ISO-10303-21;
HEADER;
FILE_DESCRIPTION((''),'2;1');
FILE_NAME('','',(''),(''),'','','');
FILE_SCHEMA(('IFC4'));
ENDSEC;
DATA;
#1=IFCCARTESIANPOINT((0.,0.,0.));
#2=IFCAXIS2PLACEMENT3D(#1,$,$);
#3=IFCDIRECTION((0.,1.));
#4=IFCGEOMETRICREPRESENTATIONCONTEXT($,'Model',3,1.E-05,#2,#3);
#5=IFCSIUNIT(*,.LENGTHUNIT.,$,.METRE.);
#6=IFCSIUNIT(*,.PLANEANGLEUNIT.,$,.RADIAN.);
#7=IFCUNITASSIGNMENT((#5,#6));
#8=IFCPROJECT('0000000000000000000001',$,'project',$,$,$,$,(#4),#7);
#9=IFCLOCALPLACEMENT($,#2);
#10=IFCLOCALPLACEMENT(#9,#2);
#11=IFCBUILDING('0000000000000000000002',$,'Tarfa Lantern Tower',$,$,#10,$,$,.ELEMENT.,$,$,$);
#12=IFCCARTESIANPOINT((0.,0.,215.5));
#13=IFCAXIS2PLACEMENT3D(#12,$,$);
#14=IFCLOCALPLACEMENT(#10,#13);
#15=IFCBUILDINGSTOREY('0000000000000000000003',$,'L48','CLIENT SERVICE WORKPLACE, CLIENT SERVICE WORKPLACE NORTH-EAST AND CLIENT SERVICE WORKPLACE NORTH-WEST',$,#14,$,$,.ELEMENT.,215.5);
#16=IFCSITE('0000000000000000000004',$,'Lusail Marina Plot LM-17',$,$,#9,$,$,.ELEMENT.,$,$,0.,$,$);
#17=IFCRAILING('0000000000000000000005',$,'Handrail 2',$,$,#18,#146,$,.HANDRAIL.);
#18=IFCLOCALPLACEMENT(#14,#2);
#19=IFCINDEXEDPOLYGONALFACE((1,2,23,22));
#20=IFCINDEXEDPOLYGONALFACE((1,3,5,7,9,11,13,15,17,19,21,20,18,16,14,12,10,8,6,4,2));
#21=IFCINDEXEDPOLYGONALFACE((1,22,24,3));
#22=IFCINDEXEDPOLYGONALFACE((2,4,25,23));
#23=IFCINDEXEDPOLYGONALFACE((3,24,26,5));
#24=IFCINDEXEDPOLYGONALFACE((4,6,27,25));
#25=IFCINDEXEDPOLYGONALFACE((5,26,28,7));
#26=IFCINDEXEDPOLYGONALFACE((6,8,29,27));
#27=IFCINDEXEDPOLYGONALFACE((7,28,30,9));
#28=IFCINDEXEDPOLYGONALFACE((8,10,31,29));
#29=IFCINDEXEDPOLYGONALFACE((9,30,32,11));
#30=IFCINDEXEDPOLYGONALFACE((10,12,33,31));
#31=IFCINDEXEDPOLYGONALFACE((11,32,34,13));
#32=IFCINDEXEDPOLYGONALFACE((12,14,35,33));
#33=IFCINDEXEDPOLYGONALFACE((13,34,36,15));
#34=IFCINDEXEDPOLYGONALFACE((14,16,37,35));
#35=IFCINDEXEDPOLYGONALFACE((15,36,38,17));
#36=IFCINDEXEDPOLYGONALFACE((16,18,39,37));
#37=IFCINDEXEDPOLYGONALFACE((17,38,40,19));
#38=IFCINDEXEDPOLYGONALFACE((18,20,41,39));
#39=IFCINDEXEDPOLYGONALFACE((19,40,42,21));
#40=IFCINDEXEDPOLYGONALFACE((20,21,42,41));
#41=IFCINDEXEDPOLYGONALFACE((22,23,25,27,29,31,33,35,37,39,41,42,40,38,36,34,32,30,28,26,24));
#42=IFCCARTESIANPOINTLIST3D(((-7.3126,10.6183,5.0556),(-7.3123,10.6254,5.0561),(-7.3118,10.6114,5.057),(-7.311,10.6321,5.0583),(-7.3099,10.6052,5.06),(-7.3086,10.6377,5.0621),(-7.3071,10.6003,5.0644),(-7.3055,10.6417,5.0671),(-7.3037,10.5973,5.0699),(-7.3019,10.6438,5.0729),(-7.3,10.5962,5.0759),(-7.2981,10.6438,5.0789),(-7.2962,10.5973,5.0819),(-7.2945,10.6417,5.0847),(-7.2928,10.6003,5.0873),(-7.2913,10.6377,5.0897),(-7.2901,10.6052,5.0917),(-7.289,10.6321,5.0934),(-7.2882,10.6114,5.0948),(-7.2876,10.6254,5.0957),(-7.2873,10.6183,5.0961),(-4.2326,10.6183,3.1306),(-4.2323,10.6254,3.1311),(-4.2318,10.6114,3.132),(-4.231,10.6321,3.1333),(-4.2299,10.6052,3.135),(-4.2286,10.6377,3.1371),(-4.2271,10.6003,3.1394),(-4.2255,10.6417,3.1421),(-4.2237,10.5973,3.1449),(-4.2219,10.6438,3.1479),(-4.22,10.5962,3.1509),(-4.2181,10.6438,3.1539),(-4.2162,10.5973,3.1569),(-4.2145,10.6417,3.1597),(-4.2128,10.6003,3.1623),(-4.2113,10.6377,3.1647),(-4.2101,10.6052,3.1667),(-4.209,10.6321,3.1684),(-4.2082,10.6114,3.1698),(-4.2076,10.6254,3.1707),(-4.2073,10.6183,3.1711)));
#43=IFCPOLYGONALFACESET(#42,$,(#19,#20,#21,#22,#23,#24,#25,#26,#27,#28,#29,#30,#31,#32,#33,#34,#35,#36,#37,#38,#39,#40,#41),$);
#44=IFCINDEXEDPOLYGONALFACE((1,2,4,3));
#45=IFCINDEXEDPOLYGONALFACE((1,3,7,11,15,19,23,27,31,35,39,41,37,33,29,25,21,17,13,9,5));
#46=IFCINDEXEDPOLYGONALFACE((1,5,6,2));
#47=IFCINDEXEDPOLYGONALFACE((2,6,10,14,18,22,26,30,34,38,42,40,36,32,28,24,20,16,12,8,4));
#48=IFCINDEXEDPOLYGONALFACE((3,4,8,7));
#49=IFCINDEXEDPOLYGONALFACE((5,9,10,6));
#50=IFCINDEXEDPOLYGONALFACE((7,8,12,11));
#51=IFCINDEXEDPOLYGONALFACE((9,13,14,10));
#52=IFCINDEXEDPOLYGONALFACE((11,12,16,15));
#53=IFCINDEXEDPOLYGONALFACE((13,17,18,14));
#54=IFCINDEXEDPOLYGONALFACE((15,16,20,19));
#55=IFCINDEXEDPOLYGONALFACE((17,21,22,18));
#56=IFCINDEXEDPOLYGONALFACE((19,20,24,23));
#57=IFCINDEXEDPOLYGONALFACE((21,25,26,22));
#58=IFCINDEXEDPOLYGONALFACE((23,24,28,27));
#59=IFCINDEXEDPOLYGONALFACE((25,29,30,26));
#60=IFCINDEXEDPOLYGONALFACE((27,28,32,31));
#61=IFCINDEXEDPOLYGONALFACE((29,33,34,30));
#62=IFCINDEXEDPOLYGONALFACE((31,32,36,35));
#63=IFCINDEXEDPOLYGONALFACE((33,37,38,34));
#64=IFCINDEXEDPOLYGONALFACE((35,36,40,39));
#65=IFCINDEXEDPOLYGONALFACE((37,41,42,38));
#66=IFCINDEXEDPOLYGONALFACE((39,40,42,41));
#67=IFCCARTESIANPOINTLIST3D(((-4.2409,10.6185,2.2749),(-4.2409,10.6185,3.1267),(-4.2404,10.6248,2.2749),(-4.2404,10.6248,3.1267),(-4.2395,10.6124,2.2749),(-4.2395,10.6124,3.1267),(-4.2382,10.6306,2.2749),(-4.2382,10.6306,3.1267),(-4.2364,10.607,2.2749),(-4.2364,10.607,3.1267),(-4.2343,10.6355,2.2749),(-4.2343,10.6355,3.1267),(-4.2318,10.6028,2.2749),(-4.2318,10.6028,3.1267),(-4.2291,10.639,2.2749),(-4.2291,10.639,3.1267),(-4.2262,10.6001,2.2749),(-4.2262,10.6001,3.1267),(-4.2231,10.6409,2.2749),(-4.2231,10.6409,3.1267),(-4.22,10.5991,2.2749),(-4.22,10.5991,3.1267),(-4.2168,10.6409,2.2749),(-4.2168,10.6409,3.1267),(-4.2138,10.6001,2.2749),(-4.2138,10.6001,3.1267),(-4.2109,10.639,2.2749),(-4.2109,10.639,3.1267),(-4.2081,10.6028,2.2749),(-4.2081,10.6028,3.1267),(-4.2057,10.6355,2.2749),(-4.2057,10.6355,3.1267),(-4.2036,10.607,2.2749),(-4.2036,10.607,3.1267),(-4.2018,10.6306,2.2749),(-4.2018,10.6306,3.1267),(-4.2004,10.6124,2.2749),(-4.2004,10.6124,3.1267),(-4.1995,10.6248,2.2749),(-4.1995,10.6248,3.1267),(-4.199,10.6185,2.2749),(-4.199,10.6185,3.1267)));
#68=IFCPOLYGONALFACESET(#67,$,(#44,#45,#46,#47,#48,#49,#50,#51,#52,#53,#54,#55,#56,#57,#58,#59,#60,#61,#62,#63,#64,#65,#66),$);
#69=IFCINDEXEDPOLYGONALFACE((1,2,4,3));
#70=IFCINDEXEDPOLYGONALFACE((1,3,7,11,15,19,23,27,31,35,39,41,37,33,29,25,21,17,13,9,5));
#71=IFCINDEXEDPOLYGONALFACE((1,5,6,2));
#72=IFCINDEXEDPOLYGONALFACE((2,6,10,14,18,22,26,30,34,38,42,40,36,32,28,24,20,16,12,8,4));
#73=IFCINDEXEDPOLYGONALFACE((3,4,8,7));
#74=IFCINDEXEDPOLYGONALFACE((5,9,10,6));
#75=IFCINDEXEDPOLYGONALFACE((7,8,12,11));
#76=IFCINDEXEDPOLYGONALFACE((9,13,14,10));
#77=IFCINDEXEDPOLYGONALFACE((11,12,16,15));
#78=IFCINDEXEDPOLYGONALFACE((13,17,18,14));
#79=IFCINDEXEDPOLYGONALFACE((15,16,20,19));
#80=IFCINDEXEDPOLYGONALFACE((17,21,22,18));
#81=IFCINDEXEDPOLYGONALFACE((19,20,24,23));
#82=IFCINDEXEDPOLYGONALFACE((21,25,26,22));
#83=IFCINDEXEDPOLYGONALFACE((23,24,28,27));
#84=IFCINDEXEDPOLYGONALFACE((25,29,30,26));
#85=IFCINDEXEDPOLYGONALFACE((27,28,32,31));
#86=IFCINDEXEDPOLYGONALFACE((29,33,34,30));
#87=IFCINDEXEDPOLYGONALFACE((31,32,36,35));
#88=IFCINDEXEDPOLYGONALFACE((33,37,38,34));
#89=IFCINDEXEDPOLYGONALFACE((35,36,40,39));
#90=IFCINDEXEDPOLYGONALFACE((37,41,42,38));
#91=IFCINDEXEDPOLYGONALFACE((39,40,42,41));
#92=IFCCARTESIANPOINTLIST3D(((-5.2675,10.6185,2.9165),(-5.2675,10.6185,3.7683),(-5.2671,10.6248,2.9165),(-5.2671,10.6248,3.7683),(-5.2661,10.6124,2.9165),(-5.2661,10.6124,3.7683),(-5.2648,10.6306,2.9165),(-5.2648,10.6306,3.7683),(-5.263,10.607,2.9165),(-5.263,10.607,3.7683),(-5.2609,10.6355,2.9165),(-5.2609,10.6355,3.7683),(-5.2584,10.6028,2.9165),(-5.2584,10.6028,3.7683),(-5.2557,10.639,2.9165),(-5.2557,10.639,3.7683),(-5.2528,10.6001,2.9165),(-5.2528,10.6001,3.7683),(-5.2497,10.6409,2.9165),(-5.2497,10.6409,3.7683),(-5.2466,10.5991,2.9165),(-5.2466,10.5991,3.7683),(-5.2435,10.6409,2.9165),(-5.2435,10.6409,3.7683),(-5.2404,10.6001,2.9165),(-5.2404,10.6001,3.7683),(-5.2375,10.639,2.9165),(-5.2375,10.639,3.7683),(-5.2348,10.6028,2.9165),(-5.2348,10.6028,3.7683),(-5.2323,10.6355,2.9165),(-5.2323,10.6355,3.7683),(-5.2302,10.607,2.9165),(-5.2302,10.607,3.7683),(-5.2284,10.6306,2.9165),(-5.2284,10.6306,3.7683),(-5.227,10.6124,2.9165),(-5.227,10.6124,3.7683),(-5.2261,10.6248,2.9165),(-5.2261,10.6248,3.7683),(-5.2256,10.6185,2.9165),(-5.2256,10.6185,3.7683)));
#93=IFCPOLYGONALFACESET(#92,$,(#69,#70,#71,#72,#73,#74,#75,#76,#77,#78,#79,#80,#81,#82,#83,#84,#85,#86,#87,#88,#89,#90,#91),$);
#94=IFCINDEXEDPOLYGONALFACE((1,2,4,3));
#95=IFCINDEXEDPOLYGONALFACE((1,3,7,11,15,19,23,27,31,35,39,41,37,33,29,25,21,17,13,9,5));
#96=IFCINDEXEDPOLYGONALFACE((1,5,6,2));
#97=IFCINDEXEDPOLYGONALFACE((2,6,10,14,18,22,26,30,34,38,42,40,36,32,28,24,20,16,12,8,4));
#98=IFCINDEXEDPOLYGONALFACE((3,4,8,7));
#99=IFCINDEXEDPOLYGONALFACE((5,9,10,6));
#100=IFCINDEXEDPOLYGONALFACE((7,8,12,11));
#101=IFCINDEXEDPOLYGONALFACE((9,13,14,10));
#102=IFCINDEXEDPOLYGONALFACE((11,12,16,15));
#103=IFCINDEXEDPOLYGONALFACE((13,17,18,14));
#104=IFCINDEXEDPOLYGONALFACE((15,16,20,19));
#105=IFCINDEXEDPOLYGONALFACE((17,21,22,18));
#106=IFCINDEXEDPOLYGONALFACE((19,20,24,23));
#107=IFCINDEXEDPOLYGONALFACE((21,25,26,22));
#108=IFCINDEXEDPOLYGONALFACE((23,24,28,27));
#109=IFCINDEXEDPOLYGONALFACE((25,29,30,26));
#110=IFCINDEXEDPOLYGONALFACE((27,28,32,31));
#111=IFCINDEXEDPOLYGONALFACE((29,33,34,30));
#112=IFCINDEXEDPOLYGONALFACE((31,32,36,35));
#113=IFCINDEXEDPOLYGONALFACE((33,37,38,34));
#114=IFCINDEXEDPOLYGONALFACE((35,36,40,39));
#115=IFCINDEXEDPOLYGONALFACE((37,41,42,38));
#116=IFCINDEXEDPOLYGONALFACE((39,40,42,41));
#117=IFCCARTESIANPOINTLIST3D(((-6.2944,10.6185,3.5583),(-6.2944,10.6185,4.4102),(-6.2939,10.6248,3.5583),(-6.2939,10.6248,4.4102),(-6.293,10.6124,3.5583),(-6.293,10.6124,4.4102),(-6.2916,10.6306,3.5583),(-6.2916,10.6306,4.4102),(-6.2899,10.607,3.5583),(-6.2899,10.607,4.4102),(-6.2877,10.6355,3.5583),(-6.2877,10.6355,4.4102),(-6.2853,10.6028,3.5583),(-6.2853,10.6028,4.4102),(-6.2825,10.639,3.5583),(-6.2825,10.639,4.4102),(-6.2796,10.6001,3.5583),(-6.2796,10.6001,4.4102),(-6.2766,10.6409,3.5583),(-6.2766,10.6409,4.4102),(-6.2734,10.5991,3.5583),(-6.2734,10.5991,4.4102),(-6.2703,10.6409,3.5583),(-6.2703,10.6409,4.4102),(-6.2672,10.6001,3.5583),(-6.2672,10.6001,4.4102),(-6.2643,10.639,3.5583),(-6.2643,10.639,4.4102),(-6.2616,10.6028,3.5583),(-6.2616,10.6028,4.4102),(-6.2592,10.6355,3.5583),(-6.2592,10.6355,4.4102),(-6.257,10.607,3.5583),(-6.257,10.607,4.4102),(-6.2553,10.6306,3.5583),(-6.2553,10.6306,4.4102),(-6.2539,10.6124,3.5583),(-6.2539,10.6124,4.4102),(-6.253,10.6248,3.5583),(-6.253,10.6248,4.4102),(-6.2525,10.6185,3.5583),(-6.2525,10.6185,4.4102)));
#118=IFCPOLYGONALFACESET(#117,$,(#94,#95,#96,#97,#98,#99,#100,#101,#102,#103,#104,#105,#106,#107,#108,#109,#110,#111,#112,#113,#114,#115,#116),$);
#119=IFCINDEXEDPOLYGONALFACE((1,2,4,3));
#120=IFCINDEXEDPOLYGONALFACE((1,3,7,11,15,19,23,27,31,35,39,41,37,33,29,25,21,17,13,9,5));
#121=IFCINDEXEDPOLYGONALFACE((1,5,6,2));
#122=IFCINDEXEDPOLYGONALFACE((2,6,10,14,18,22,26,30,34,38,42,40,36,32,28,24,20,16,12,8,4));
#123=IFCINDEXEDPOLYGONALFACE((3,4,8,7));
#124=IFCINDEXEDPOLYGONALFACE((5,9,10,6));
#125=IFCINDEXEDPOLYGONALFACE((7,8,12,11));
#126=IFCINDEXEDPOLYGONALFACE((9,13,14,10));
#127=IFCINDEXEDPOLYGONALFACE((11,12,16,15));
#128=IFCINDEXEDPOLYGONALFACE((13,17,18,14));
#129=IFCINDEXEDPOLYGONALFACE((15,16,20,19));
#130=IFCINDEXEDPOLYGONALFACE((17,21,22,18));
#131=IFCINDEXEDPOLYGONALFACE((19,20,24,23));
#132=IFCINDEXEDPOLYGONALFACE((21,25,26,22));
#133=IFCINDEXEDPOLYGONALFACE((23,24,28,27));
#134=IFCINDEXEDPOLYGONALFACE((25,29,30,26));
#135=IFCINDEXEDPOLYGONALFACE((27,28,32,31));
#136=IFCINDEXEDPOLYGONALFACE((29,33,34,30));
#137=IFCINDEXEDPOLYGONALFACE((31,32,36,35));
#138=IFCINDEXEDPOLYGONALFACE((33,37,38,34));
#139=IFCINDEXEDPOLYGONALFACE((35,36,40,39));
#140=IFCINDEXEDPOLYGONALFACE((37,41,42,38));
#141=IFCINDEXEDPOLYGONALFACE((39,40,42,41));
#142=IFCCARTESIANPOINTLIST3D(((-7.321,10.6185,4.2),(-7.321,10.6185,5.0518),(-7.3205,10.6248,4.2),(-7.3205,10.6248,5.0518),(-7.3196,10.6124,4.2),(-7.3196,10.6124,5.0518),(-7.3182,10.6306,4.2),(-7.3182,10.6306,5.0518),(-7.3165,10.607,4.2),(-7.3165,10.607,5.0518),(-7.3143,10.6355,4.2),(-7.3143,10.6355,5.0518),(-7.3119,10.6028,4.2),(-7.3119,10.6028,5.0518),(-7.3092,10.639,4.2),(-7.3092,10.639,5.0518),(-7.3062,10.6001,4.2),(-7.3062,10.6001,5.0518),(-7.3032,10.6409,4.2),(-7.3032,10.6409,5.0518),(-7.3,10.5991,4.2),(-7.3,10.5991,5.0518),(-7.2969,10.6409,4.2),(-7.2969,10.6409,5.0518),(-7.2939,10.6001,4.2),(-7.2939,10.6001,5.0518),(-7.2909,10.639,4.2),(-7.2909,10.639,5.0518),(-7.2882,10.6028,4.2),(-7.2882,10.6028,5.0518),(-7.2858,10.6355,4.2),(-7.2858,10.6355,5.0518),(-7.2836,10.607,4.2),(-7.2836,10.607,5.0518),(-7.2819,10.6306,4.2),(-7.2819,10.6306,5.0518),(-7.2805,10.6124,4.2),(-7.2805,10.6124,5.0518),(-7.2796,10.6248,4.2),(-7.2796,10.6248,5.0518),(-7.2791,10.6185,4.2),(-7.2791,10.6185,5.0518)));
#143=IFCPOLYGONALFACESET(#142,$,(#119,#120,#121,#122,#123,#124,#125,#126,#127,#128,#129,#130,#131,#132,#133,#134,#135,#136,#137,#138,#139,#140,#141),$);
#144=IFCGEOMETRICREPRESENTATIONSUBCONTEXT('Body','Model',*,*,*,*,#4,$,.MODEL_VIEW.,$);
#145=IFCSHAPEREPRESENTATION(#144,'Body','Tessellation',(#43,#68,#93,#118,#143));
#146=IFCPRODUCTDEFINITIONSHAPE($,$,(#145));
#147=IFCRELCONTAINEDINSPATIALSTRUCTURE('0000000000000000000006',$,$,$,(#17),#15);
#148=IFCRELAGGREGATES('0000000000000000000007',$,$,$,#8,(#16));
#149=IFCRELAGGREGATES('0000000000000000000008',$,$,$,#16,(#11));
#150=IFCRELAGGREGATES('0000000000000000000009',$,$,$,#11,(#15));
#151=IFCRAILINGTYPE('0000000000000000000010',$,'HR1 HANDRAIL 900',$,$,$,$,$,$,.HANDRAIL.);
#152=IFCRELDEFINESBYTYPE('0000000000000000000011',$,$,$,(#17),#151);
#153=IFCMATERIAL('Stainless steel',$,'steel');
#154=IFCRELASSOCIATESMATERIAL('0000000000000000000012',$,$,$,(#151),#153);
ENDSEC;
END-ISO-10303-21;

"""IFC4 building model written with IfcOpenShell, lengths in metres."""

from ifc_helpers import new_model, si_unit, direction, frame, origin, origin_2d, place, context, subcontext, project, spatial, circle, extrude, material, type_object, element, save


model = new_model("IFC4")

# Units and contexts
model_context = context("Model", 3, precision=1e-05, world=origin(), true_north=direction((0.0, 1.0)))
body_context = subcontext(model_context, "Body", "Model", "MODEL_VIEW")
ifc_project = project(units=[si_unit("LENGTHUNIT", "METRE"), si_unit("PLANEANGLEUNIT", "RADIAN")], contexts=[model_context])

# Site, building, storey
site_placement = place(None, origin())
site = spatial("IfcSite", under=ifc_project, at=site_placement, Name="Lusail Marina Plot LM-17", CompositionType="ELEMENT", RefElevation=0.0)
building_placement = place(site_placement, origin())
building = spatial("IfcBuilding", under=site, at=building_placement, Name="Tarfa Lantern Tower", CompositionType="ELEMENT")
storey_placement = place(building_placement, frame((0.0, 0.0, 215.5)))
storey = spatial("IfcBuildingStorey", under=building, at=storey_placement, Name="L48", Description="CLIENT SERVICE WORKPLACE, CLIENT SERVICE WORKPLACE NORTH-EAST AND CLIENT SERVICE WORKPLACE NORTH-WEST", CompositionType="ELEMENT", Elevation=215.5)

# Railing
ifc_material_1 = material(Name="Stainless steel", Category="steel")
railing_type = type_object("IfcRailingType", Name="HR1 HANDRAIL 900", PredefinedType="HANDRAIL", material=ifc_material_1)
railing_1_placement = place(storey_placement, frame((-4.22, 10.6201, 2.2749)))
element("IfcRailing", 1, at=railing_1_placement, inside=storey, type_object=railing_type, Name="Handrail 2", PredefinedType="HANDRAIL", context=body_context, shape_type="SweptSolid", body=[
    extrude(circle(Radius=0.0239, at=origin_2d()), frame((0.0, 0.0, 0.876), z_axis=(-0.847998, 0.0, 0.529999), x_axis=(0.0, -1.0, 0.0)), (0.0, 0.0, 1.0), 3.6321),
    extrude(circle(Radius=0.021, at=origin_2d()), frame((0.0, 0.0, 0.0), z_axis=(0.0, 0.0, 1.0), x_axis=(0.0, -1.0, 0.0)), (0.0, 0.0, 1.0), 0.8518),
    extrude(circle(Radius=0.021, at=origin_2d()), frame((-1.0266, 0.0, 0.6416), z_axis=(0.0, 0.0, 1.0), x_axis=(0.0, -1.0, 0.0)), (0.0, 0.0, 1.0), 0.8518),
    extrude(circle(Radius=0.021, at=origin_2d()), frame((-2.0535, 0.0, 1.2834), z_axis=(0.0, 0.0, 1.0), x_axis=(0.0, -1.0, 0.0)), (0.0, 0.0, 1.0), 0.8518),
    extrude(circle(Radius=0.021, at=origin_2d()), frame((-3.0801, 0.0, 1.925), z_axis=(0.0, 0.0, 1.0), x_axis=(0.0, -1.0, 0.0)), (0.0, 0.0, 1.0), 0.8518),
])

save(model, "model.ifc")
